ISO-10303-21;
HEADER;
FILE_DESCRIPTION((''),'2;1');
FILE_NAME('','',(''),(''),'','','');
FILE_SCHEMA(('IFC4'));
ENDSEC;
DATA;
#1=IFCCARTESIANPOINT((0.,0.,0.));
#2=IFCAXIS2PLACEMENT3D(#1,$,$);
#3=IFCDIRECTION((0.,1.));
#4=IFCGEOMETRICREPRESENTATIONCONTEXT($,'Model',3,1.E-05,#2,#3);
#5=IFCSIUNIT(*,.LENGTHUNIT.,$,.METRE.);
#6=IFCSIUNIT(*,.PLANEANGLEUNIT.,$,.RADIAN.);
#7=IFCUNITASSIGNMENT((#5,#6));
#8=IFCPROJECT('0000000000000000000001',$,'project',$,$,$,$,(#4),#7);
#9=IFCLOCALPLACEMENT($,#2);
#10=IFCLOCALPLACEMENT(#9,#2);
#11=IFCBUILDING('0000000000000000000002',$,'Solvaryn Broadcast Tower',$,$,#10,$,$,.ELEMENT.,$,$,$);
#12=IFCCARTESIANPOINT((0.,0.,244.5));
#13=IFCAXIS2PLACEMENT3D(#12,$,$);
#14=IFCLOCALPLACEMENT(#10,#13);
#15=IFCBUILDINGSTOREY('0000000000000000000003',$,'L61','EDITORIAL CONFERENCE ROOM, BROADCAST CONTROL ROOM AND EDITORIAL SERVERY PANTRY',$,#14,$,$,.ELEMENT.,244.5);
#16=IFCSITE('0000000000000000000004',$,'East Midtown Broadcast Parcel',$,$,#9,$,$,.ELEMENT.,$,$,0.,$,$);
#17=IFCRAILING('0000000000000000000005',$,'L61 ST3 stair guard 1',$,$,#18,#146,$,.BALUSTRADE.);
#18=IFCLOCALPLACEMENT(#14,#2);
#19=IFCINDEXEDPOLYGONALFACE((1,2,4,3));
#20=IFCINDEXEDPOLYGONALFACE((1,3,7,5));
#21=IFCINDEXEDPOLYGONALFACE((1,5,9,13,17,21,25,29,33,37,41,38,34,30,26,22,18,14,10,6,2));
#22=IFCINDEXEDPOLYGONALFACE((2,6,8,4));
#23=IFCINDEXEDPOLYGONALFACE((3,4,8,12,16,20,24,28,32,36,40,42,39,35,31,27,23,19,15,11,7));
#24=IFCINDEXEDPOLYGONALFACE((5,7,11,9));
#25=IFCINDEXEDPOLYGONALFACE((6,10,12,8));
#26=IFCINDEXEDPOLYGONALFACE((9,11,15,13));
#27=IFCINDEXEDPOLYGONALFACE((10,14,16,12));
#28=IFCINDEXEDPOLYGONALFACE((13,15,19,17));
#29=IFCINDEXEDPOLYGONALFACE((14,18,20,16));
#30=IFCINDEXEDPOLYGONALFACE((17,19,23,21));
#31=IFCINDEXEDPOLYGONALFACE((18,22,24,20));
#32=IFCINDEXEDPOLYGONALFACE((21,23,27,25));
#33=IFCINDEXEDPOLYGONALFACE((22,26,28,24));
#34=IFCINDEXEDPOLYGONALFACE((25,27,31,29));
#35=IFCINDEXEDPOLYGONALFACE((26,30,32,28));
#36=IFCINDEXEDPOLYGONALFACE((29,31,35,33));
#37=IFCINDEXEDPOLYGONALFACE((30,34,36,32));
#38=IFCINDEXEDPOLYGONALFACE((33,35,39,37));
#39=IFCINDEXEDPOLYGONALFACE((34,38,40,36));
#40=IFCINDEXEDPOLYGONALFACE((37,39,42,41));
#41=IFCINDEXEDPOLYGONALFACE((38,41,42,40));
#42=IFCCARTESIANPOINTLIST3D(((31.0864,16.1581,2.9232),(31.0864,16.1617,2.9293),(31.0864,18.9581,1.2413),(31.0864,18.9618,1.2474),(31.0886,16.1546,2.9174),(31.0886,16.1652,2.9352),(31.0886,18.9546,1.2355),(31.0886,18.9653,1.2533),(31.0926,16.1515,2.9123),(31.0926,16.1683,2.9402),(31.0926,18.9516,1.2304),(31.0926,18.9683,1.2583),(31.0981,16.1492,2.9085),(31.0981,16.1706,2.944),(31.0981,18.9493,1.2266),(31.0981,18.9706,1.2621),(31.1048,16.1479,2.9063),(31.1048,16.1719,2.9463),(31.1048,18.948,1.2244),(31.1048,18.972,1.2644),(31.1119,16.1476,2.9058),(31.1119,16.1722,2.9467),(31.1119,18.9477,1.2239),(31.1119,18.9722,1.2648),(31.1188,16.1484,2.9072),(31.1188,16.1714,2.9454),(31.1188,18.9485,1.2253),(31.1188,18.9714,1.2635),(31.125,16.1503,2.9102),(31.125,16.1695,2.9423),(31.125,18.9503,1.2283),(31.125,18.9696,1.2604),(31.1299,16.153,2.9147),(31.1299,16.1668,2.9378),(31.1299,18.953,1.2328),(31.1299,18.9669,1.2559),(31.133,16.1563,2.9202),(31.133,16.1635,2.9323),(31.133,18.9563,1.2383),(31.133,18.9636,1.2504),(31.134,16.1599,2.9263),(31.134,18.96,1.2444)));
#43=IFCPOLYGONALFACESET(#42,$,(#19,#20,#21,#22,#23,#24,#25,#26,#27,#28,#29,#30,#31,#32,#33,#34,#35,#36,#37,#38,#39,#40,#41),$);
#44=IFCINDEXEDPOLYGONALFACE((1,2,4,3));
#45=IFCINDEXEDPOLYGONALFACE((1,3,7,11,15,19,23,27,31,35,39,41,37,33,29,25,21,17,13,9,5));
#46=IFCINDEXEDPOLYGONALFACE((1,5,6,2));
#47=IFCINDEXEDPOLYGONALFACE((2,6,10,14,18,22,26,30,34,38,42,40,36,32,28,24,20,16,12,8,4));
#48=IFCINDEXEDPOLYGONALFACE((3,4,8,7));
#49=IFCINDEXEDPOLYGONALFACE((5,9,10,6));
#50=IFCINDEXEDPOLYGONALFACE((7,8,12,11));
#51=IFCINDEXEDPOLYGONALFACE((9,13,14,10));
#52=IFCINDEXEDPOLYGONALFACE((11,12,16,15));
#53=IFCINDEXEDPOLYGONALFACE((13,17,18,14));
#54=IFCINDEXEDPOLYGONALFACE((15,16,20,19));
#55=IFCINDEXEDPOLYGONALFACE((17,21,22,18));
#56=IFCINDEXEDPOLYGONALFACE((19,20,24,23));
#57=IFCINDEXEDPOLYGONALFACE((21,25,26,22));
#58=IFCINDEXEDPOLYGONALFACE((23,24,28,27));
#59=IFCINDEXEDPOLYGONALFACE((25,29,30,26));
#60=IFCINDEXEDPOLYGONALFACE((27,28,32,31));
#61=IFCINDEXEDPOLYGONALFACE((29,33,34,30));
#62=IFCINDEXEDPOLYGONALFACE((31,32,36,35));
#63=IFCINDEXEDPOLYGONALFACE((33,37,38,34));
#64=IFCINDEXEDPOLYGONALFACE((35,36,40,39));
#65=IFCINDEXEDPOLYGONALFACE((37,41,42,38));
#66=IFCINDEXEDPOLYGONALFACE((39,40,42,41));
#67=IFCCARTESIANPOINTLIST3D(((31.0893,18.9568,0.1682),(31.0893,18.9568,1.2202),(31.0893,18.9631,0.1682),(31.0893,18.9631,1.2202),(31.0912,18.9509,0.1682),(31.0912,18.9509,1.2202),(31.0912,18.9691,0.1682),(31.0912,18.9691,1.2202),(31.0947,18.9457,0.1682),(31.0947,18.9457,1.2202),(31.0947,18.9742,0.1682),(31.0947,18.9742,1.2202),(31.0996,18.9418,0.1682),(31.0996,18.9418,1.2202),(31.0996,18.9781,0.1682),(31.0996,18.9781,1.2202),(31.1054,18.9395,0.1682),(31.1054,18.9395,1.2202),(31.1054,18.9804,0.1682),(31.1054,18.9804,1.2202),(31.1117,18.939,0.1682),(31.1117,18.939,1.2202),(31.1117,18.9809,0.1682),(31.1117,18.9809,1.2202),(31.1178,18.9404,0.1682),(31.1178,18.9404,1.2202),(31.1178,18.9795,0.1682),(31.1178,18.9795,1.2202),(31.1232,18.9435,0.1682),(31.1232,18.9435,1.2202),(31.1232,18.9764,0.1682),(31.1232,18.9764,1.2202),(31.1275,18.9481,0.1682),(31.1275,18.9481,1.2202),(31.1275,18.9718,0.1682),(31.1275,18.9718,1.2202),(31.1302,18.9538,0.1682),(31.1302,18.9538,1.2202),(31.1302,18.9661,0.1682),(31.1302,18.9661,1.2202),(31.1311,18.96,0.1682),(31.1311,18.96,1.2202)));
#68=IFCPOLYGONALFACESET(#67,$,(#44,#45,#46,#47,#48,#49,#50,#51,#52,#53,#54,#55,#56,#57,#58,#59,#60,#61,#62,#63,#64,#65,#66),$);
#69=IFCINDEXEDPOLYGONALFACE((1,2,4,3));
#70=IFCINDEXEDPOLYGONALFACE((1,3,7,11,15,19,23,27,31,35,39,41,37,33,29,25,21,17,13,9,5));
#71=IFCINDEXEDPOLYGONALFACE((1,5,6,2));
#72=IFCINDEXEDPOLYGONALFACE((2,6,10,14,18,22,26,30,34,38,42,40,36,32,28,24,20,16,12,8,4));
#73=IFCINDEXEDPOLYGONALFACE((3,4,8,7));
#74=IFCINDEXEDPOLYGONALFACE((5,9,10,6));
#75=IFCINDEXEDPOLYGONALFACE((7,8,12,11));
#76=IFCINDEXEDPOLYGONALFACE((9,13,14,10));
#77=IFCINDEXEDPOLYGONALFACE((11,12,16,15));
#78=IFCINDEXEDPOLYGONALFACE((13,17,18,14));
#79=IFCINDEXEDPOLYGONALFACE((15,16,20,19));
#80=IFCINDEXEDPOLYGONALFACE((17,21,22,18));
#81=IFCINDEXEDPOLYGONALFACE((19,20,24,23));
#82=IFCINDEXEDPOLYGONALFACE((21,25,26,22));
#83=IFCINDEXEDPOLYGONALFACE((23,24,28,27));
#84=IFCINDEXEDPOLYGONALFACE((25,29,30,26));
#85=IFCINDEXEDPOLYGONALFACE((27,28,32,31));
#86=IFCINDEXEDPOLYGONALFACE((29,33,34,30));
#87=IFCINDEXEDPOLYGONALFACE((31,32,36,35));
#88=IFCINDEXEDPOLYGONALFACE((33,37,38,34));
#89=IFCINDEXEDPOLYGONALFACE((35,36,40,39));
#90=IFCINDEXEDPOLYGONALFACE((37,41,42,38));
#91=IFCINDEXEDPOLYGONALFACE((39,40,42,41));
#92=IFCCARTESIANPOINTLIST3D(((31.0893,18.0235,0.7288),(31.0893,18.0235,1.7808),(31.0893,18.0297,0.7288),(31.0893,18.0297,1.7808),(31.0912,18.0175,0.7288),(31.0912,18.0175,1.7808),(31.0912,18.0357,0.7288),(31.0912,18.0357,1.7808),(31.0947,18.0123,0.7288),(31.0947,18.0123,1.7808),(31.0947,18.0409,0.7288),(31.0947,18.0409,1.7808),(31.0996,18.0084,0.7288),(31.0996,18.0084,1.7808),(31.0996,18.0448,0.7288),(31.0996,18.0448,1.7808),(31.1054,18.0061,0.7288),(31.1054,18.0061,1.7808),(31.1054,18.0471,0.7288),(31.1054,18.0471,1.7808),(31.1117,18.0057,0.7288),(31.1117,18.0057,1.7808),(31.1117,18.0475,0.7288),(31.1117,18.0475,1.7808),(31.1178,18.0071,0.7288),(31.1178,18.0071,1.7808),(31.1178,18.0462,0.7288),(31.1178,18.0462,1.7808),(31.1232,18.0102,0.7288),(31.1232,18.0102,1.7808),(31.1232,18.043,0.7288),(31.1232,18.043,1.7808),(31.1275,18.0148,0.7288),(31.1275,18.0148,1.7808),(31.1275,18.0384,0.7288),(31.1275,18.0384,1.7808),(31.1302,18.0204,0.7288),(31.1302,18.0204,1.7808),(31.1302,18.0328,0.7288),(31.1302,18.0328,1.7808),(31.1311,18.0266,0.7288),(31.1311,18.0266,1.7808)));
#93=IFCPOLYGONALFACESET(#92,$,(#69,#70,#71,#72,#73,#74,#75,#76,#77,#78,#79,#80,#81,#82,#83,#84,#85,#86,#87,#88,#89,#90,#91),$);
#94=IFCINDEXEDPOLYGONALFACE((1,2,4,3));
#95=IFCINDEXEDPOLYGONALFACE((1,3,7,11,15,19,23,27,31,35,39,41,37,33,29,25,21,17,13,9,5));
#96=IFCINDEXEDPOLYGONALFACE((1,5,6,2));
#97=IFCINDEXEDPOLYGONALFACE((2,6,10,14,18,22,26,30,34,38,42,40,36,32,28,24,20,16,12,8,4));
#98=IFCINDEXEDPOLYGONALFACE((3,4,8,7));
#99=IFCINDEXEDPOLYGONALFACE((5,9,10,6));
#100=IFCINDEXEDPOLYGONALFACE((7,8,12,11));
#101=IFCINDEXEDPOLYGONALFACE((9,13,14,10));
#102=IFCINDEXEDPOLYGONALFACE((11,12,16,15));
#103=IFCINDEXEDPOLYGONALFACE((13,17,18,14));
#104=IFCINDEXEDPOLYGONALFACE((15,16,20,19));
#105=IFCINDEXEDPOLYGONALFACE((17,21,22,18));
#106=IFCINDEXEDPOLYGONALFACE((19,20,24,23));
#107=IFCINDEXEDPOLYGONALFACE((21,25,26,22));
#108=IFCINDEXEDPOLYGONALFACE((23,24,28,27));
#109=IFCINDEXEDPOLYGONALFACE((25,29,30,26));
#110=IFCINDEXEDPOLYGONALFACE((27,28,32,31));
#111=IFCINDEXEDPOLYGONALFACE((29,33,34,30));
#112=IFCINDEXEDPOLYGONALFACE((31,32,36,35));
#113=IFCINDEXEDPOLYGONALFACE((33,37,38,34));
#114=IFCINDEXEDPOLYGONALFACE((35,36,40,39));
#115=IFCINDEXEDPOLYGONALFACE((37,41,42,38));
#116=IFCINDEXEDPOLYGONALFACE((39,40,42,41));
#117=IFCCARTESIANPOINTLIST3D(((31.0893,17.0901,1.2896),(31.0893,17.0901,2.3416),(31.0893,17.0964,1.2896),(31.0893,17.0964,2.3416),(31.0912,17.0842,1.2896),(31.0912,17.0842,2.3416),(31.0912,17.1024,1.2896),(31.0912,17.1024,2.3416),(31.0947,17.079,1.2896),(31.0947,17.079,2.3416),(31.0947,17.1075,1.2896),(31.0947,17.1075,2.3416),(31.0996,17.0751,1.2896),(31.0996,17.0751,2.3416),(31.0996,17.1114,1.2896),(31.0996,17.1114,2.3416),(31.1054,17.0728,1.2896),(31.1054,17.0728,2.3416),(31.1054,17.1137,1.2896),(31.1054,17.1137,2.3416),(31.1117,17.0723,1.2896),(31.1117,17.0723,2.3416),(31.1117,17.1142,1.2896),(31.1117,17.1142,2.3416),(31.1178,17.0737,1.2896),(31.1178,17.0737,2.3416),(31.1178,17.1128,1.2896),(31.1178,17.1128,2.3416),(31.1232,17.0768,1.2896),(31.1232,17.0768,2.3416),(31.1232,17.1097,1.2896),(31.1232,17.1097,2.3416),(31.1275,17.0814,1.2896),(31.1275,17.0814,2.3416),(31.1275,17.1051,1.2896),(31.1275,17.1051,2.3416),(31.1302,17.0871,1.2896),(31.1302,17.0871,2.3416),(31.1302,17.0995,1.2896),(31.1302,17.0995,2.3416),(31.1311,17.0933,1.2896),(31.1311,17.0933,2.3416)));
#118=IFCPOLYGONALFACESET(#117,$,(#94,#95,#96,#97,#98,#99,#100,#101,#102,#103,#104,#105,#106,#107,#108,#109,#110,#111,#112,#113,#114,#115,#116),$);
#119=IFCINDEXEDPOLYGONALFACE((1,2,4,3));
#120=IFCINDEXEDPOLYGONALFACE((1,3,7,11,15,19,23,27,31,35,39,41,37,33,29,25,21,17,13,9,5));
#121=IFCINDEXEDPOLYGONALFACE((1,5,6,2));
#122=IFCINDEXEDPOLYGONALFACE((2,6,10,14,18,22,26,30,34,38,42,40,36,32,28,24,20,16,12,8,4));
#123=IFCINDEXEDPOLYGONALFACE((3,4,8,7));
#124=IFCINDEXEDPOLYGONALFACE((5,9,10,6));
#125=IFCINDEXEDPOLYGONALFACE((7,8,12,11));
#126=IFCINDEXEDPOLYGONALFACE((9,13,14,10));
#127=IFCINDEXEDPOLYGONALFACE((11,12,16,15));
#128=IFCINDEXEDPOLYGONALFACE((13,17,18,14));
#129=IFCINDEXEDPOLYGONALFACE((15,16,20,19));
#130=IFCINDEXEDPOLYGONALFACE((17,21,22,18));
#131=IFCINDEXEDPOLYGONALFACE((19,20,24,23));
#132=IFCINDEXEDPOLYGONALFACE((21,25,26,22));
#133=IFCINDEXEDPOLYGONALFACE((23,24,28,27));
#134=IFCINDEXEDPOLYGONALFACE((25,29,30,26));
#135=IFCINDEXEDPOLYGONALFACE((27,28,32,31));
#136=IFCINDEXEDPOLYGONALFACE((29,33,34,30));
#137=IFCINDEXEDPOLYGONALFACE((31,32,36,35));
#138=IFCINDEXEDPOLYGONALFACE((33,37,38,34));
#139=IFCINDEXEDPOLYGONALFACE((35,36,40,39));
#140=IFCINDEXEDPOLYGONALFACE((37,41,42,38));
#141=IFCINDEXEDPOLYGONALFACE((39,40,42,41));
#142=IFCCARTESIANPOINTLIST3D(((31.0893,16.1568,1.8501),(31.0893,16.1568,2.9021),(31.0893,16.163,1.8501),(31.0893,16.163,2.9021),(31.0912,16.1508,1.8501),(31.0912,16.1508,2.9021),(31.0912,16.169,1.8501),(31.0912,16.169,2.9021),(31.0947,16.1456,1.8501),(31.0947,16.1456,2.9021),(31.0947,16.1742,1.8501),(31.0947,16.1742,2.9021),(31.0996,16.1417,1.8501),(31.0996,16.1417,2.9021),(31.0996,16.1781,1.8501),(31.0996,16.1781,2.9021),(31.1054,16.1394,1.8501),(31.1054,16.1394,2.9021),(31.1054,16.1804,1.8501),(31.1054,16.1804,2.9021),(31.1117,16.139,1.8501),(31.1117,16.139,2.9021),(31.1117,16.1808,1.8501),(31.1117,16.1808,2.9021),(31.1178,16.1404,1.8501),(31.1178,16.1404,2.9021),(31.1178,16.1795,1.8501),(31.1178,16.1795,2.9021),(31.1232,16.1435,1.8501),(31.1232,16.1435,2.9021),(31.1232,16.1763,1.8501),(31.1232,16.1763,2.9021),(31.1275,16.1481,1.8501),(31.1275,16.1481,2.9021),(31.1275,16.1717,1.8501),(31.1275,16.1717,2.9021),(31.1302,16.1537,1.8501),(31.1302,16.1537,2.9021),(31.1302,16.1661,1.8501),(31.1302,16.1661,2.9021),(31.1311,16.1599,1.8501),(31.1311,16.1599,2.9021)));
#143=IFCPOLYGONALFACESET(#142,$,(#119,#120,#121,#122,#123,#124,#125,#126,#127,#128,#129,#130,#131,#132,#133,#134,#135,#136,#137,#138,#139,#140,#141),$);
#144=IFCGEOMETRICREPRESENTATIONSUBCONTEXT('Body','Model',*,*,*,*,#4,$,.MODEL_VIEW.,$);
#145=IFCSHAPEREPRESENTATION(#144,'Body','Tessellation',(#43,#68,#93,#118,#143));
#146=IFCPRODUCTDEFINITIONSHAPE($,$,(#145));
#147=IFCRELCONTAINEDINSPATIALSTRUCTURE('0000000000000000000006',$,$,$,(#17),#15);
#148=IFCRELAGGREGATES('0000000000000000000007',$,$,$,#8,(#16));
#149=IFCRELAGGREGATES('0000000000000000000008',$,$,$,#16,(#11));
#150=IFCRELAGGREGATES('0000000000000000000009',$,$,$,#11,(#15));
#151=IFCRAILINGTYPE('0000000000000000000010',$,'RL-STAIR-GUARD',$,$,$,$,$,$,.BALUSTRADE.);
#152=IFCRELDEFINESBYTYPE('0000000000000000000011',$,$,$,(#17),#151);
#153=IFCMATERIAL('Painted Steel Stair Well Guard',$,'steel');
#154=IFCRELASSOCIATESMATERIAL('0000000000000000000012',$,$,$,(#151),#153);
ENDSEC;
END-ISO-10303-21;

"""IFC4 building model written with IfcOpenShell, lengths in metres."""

from ifc_helpers import new_model, si_unit, direction, frame, origin, origin_2d, place, context, subcontext, project, spatial, circle, extrude, material, type_object, element, save


model = new_model("IFC4")

# Units and contexts
model_context = context("Model", 3, precision=1e-05, world=origin(), true_north=direction((0.0, 1.0)))
body_context = subcontext(model_context, "Body", "Model", "MODEL_VIEW")
ifc_project = project(units=[si_unit("LENGTHUNIT", "METRE"), si_unit("PLANEANGLEUNIT", "RADIAN")], contexts=[model_context])

# Site, building, storey
site_placement = place(None, origin())
site = spatial("IfcSite", under=ifc_project, at=site_placement, Name="East Midtown Broadcast Parcel", CompositionType="ELEMENT", RefElevation=0.0)
building_placement = place(site_placement, origin())
building = spatial("IfcBuilding", under=site, at=building_placement, Name="Solvaryn Broadcast Tower", CompositionType="ELEMENT")
storey_placement = place(building_placement, frame((0.0, 0.0, 244.5)))
storey = spatial("IfcBuildingStorey", under=building, at=storey_placement, Name="L61", Description="EDITORIAL CONFERENCE ROOM, BROADCAST CONTROL ROOM AND EDITORIAL SERVERY PANTRY", CompositionType="ELEMENT", Elevation=244.5)

# Railing
ifc_material_1 = material(Name="Painted Steel Stair Well Guard", Category="steel")
railing_type_1 = type_object("IfcRailingType", Name="RL-STAIR-GUARD", PredefinedType="BALUSTRADE", material=ifc_material_1)
railing_1_placement = place(storey_placement, frame((31.1101, 18.96, 0.1682)))
element("IfcRailing", 1, at=railing_1_placement, inside=storey, type_object=railing_type_1, Name="L61 ST3 stair guard 1", PredefinedType="BALUSTRADE", context=body_context, shape_type="SweptSolid", body=[
    extrude(circle(Radius=0.0239, at=origin_2d()), frame((0.0, 0.0, 1.0762), z_axis=(0.0, -0.857242, 0.514913), x_axis=(1.0, 0.0, 0.0)), (0.0, 0.0, 1.0), 3.2664),
    extrude(circle(Radius=0.021, at=origin_2d()), origin(), (0.0, 0.0, 1.0), 1.052),
    extrude(circle(Radius=0.021, at=origin_2d()), frame((0.0, -0.9333, 0.5605)), (0.0, 0.0, 1.0), 1.052),
    extrude(circle(Radius=0.021, at=origin_2d()), frame((0.0, -1.8667, 1.1213)), (0.0, 0.0, 1.0), 1.052),
    extrude(circle(Radius=0.021, at=origin_2d()), frame((0.0, -2.8, 1.6819)), (0.0, 0.0, 1.0), 1.052),
])

save(model, "model.ifc")
